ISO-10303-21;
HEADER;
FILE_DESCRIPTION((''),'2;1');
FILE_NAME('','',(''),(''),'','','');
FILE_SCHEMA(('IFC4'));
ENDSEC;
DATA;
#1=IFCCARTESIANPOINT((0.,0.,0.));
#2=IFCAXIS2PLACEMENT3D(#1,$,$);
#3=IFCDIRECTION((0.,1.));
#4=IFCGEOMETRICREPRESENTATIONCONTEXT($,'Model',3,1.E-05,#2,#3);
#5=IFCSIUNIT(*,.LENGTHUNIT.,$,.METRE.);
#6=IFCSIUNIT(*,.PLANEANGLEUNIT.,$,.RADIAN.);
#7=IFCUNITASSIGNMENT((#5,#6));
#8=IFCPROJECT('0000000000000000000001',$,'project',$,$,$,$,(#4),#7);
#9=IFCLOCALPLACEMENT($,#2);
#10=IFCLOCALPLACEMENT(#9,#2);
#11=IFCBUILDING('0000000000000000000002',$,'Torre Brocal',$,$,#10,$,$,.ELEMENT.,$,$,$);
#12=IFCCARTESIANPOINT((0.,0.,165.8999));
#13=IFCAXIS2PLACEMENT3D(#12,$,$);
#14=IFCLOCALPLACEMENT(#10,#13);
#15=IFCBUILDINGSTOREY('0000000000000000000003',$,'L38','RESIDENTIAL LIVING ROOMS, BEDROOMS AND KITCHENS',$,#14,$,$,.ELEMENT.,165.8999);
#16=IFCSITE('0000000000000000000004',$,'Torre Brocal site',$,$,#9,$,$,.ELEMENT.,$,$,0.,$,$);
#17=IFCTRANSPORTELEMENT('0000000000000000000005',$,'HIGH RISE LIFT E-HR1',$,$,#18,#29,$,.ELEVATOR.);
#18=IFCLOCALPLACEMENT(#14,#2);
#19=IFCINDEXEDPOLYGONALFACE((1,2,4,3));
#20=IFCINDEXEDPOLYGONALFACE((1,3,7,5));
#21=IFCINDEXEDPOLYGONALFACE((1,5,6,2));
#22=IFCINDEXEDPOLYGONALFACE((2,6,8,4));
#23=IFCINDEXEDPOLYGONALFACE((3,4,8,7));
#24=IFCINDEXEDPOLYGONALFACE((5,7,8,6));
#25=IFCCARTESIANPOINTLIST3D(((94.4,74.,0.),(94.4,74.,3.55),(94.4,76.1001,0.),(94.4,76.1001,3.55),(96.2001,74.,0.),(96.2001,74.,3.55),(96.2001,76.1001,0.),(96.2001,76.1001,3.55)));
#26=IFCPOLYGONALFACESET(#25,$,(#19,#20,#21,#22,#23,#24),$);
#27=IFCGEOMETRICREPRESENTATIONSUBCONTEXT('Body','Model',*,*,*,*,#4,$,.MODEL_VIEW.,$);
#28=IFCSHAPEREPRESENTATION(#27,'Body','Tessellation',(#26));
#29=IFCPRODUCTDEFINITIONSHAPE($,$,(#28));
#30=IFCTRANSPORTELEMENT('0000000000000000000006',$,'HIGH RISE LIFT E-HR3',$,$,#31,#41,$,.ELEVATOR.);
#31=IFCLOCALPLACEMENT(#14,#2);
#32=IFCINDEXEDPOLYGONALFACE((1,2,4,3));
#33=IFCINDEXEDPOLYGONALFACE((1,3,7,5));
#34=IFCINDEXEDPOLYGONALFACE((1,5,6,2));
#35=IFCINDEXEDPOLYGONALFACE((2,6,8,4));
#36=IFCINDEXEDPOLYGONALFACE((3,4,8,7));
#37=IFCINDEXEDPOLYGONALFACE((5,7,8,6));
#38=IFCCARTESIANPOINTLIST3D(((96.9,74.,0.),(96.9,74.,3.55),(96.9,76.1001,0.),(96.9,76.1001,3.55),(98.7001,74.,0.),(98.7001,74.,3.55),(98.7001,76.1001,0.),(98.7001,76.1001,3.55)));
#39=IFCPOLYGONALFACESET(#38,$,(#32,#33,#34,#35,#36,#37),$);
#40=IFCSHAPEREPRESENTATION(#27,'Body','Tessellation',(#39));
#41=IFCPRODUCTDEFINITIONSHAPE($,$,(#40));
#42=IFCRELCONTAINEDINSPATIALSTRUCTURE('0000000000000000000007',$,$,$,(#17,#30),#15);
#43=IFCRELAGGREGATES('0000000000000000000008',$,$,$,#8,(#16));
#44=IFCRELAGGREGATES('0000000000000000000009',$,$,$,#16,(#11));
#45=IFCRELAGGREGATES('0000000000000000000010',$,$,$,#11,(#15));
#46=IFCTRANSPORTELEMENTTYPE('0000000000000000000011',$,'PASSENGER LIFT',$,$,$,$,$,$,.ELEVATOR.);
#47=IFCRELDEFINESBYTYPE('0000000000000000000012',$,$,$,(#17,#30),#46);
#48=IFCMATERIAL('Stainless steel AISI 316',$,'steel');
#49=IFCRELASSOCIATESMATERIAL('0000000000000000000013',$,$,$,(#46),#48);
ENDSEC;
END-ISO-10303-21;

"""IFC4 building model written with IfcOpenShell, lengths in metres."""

from ifc_helpers import new_model, si_unit, direction, frame, origin, origin_2d, place, context, subcontext, project, spatial, rectangle, extrude, material, type_object, element, save


model = new_model("IFC4")

# Units and contexts
model_context = context("Model", 3, precision=1e-05, world=origin(), true_north=direction((0.0, 1.0)))
body_context = subcontext(model_context, "Body", "Model", "MODEL_VIEW")
ifc_project = project(units=[si_unit("LENGTHUNIT", "METRE"), si_unit("PLANEANGLEUNIT", "RADIAN")], contexts=[model_context])

# Site, building, storey
site_placement = place(None, origin())
site = spatial("IfcSite", under=ifc_project, at=site_placement, Name="Torre Brocal site", CompositionType="ELEMENT", RefElevation=0.0)
building_placement = place(site_placement, origin())
building = spatial("IfcBuilding", under=site, at=building_placement, Name="Torre Brocal", CompositionType="ELEMENT")
storey_placement = place(building_placement, frame((0.0, 0.0, 165.8999)))
storey = spatial("IfcBuildingStorey", under=building, at=storey_placement, Name="L38", Description="RESIDENTIAL LIVING ROOMS, BEDROOMS AND KITCHENS", CompositionType="ELEMENT", Elevation=165.8999)

# Transport elements
ifc_material_1 = material(Name="Stainless steel AISI 316", Category="steel")
transport_element_type = type_object("IfcTransportElementType", Name="PASSENGER LIFT", PredefinedType="ELEVATOR", material=ifc_material_1)
for number, where, z_axis, x_axis, name in (
    (1, (95.3, 75.05, 0.0), (0.0, 0.0, 1.0), (1.0, 0.0, 0.0), "HIGH RISE LIFT E-HR1"),
    (2, (97.8, 75.05, 0.0), (0.0, 0.0, 1.0), (1.0, 0.0, 0.0), "HIGH RISE LIFT E-HR3"),
):
    element("IfcTransportElement", number, at=place(storey_placement, frame(where, z_axis=z_axis, x_axis=x_axis)), inside=storey, type_object=transport_element_type, Name=name, PredefinedType="ELEVATOR", context=body_context, shape_type="SweptSolid", body=[
        extrude(rectangle(XDim=1.8, YDim=2.1001, at=origin_2d()), origin(), (0.0, 0.0, 1.0), 3.55),
    ])

save(model, "model.ifc")
